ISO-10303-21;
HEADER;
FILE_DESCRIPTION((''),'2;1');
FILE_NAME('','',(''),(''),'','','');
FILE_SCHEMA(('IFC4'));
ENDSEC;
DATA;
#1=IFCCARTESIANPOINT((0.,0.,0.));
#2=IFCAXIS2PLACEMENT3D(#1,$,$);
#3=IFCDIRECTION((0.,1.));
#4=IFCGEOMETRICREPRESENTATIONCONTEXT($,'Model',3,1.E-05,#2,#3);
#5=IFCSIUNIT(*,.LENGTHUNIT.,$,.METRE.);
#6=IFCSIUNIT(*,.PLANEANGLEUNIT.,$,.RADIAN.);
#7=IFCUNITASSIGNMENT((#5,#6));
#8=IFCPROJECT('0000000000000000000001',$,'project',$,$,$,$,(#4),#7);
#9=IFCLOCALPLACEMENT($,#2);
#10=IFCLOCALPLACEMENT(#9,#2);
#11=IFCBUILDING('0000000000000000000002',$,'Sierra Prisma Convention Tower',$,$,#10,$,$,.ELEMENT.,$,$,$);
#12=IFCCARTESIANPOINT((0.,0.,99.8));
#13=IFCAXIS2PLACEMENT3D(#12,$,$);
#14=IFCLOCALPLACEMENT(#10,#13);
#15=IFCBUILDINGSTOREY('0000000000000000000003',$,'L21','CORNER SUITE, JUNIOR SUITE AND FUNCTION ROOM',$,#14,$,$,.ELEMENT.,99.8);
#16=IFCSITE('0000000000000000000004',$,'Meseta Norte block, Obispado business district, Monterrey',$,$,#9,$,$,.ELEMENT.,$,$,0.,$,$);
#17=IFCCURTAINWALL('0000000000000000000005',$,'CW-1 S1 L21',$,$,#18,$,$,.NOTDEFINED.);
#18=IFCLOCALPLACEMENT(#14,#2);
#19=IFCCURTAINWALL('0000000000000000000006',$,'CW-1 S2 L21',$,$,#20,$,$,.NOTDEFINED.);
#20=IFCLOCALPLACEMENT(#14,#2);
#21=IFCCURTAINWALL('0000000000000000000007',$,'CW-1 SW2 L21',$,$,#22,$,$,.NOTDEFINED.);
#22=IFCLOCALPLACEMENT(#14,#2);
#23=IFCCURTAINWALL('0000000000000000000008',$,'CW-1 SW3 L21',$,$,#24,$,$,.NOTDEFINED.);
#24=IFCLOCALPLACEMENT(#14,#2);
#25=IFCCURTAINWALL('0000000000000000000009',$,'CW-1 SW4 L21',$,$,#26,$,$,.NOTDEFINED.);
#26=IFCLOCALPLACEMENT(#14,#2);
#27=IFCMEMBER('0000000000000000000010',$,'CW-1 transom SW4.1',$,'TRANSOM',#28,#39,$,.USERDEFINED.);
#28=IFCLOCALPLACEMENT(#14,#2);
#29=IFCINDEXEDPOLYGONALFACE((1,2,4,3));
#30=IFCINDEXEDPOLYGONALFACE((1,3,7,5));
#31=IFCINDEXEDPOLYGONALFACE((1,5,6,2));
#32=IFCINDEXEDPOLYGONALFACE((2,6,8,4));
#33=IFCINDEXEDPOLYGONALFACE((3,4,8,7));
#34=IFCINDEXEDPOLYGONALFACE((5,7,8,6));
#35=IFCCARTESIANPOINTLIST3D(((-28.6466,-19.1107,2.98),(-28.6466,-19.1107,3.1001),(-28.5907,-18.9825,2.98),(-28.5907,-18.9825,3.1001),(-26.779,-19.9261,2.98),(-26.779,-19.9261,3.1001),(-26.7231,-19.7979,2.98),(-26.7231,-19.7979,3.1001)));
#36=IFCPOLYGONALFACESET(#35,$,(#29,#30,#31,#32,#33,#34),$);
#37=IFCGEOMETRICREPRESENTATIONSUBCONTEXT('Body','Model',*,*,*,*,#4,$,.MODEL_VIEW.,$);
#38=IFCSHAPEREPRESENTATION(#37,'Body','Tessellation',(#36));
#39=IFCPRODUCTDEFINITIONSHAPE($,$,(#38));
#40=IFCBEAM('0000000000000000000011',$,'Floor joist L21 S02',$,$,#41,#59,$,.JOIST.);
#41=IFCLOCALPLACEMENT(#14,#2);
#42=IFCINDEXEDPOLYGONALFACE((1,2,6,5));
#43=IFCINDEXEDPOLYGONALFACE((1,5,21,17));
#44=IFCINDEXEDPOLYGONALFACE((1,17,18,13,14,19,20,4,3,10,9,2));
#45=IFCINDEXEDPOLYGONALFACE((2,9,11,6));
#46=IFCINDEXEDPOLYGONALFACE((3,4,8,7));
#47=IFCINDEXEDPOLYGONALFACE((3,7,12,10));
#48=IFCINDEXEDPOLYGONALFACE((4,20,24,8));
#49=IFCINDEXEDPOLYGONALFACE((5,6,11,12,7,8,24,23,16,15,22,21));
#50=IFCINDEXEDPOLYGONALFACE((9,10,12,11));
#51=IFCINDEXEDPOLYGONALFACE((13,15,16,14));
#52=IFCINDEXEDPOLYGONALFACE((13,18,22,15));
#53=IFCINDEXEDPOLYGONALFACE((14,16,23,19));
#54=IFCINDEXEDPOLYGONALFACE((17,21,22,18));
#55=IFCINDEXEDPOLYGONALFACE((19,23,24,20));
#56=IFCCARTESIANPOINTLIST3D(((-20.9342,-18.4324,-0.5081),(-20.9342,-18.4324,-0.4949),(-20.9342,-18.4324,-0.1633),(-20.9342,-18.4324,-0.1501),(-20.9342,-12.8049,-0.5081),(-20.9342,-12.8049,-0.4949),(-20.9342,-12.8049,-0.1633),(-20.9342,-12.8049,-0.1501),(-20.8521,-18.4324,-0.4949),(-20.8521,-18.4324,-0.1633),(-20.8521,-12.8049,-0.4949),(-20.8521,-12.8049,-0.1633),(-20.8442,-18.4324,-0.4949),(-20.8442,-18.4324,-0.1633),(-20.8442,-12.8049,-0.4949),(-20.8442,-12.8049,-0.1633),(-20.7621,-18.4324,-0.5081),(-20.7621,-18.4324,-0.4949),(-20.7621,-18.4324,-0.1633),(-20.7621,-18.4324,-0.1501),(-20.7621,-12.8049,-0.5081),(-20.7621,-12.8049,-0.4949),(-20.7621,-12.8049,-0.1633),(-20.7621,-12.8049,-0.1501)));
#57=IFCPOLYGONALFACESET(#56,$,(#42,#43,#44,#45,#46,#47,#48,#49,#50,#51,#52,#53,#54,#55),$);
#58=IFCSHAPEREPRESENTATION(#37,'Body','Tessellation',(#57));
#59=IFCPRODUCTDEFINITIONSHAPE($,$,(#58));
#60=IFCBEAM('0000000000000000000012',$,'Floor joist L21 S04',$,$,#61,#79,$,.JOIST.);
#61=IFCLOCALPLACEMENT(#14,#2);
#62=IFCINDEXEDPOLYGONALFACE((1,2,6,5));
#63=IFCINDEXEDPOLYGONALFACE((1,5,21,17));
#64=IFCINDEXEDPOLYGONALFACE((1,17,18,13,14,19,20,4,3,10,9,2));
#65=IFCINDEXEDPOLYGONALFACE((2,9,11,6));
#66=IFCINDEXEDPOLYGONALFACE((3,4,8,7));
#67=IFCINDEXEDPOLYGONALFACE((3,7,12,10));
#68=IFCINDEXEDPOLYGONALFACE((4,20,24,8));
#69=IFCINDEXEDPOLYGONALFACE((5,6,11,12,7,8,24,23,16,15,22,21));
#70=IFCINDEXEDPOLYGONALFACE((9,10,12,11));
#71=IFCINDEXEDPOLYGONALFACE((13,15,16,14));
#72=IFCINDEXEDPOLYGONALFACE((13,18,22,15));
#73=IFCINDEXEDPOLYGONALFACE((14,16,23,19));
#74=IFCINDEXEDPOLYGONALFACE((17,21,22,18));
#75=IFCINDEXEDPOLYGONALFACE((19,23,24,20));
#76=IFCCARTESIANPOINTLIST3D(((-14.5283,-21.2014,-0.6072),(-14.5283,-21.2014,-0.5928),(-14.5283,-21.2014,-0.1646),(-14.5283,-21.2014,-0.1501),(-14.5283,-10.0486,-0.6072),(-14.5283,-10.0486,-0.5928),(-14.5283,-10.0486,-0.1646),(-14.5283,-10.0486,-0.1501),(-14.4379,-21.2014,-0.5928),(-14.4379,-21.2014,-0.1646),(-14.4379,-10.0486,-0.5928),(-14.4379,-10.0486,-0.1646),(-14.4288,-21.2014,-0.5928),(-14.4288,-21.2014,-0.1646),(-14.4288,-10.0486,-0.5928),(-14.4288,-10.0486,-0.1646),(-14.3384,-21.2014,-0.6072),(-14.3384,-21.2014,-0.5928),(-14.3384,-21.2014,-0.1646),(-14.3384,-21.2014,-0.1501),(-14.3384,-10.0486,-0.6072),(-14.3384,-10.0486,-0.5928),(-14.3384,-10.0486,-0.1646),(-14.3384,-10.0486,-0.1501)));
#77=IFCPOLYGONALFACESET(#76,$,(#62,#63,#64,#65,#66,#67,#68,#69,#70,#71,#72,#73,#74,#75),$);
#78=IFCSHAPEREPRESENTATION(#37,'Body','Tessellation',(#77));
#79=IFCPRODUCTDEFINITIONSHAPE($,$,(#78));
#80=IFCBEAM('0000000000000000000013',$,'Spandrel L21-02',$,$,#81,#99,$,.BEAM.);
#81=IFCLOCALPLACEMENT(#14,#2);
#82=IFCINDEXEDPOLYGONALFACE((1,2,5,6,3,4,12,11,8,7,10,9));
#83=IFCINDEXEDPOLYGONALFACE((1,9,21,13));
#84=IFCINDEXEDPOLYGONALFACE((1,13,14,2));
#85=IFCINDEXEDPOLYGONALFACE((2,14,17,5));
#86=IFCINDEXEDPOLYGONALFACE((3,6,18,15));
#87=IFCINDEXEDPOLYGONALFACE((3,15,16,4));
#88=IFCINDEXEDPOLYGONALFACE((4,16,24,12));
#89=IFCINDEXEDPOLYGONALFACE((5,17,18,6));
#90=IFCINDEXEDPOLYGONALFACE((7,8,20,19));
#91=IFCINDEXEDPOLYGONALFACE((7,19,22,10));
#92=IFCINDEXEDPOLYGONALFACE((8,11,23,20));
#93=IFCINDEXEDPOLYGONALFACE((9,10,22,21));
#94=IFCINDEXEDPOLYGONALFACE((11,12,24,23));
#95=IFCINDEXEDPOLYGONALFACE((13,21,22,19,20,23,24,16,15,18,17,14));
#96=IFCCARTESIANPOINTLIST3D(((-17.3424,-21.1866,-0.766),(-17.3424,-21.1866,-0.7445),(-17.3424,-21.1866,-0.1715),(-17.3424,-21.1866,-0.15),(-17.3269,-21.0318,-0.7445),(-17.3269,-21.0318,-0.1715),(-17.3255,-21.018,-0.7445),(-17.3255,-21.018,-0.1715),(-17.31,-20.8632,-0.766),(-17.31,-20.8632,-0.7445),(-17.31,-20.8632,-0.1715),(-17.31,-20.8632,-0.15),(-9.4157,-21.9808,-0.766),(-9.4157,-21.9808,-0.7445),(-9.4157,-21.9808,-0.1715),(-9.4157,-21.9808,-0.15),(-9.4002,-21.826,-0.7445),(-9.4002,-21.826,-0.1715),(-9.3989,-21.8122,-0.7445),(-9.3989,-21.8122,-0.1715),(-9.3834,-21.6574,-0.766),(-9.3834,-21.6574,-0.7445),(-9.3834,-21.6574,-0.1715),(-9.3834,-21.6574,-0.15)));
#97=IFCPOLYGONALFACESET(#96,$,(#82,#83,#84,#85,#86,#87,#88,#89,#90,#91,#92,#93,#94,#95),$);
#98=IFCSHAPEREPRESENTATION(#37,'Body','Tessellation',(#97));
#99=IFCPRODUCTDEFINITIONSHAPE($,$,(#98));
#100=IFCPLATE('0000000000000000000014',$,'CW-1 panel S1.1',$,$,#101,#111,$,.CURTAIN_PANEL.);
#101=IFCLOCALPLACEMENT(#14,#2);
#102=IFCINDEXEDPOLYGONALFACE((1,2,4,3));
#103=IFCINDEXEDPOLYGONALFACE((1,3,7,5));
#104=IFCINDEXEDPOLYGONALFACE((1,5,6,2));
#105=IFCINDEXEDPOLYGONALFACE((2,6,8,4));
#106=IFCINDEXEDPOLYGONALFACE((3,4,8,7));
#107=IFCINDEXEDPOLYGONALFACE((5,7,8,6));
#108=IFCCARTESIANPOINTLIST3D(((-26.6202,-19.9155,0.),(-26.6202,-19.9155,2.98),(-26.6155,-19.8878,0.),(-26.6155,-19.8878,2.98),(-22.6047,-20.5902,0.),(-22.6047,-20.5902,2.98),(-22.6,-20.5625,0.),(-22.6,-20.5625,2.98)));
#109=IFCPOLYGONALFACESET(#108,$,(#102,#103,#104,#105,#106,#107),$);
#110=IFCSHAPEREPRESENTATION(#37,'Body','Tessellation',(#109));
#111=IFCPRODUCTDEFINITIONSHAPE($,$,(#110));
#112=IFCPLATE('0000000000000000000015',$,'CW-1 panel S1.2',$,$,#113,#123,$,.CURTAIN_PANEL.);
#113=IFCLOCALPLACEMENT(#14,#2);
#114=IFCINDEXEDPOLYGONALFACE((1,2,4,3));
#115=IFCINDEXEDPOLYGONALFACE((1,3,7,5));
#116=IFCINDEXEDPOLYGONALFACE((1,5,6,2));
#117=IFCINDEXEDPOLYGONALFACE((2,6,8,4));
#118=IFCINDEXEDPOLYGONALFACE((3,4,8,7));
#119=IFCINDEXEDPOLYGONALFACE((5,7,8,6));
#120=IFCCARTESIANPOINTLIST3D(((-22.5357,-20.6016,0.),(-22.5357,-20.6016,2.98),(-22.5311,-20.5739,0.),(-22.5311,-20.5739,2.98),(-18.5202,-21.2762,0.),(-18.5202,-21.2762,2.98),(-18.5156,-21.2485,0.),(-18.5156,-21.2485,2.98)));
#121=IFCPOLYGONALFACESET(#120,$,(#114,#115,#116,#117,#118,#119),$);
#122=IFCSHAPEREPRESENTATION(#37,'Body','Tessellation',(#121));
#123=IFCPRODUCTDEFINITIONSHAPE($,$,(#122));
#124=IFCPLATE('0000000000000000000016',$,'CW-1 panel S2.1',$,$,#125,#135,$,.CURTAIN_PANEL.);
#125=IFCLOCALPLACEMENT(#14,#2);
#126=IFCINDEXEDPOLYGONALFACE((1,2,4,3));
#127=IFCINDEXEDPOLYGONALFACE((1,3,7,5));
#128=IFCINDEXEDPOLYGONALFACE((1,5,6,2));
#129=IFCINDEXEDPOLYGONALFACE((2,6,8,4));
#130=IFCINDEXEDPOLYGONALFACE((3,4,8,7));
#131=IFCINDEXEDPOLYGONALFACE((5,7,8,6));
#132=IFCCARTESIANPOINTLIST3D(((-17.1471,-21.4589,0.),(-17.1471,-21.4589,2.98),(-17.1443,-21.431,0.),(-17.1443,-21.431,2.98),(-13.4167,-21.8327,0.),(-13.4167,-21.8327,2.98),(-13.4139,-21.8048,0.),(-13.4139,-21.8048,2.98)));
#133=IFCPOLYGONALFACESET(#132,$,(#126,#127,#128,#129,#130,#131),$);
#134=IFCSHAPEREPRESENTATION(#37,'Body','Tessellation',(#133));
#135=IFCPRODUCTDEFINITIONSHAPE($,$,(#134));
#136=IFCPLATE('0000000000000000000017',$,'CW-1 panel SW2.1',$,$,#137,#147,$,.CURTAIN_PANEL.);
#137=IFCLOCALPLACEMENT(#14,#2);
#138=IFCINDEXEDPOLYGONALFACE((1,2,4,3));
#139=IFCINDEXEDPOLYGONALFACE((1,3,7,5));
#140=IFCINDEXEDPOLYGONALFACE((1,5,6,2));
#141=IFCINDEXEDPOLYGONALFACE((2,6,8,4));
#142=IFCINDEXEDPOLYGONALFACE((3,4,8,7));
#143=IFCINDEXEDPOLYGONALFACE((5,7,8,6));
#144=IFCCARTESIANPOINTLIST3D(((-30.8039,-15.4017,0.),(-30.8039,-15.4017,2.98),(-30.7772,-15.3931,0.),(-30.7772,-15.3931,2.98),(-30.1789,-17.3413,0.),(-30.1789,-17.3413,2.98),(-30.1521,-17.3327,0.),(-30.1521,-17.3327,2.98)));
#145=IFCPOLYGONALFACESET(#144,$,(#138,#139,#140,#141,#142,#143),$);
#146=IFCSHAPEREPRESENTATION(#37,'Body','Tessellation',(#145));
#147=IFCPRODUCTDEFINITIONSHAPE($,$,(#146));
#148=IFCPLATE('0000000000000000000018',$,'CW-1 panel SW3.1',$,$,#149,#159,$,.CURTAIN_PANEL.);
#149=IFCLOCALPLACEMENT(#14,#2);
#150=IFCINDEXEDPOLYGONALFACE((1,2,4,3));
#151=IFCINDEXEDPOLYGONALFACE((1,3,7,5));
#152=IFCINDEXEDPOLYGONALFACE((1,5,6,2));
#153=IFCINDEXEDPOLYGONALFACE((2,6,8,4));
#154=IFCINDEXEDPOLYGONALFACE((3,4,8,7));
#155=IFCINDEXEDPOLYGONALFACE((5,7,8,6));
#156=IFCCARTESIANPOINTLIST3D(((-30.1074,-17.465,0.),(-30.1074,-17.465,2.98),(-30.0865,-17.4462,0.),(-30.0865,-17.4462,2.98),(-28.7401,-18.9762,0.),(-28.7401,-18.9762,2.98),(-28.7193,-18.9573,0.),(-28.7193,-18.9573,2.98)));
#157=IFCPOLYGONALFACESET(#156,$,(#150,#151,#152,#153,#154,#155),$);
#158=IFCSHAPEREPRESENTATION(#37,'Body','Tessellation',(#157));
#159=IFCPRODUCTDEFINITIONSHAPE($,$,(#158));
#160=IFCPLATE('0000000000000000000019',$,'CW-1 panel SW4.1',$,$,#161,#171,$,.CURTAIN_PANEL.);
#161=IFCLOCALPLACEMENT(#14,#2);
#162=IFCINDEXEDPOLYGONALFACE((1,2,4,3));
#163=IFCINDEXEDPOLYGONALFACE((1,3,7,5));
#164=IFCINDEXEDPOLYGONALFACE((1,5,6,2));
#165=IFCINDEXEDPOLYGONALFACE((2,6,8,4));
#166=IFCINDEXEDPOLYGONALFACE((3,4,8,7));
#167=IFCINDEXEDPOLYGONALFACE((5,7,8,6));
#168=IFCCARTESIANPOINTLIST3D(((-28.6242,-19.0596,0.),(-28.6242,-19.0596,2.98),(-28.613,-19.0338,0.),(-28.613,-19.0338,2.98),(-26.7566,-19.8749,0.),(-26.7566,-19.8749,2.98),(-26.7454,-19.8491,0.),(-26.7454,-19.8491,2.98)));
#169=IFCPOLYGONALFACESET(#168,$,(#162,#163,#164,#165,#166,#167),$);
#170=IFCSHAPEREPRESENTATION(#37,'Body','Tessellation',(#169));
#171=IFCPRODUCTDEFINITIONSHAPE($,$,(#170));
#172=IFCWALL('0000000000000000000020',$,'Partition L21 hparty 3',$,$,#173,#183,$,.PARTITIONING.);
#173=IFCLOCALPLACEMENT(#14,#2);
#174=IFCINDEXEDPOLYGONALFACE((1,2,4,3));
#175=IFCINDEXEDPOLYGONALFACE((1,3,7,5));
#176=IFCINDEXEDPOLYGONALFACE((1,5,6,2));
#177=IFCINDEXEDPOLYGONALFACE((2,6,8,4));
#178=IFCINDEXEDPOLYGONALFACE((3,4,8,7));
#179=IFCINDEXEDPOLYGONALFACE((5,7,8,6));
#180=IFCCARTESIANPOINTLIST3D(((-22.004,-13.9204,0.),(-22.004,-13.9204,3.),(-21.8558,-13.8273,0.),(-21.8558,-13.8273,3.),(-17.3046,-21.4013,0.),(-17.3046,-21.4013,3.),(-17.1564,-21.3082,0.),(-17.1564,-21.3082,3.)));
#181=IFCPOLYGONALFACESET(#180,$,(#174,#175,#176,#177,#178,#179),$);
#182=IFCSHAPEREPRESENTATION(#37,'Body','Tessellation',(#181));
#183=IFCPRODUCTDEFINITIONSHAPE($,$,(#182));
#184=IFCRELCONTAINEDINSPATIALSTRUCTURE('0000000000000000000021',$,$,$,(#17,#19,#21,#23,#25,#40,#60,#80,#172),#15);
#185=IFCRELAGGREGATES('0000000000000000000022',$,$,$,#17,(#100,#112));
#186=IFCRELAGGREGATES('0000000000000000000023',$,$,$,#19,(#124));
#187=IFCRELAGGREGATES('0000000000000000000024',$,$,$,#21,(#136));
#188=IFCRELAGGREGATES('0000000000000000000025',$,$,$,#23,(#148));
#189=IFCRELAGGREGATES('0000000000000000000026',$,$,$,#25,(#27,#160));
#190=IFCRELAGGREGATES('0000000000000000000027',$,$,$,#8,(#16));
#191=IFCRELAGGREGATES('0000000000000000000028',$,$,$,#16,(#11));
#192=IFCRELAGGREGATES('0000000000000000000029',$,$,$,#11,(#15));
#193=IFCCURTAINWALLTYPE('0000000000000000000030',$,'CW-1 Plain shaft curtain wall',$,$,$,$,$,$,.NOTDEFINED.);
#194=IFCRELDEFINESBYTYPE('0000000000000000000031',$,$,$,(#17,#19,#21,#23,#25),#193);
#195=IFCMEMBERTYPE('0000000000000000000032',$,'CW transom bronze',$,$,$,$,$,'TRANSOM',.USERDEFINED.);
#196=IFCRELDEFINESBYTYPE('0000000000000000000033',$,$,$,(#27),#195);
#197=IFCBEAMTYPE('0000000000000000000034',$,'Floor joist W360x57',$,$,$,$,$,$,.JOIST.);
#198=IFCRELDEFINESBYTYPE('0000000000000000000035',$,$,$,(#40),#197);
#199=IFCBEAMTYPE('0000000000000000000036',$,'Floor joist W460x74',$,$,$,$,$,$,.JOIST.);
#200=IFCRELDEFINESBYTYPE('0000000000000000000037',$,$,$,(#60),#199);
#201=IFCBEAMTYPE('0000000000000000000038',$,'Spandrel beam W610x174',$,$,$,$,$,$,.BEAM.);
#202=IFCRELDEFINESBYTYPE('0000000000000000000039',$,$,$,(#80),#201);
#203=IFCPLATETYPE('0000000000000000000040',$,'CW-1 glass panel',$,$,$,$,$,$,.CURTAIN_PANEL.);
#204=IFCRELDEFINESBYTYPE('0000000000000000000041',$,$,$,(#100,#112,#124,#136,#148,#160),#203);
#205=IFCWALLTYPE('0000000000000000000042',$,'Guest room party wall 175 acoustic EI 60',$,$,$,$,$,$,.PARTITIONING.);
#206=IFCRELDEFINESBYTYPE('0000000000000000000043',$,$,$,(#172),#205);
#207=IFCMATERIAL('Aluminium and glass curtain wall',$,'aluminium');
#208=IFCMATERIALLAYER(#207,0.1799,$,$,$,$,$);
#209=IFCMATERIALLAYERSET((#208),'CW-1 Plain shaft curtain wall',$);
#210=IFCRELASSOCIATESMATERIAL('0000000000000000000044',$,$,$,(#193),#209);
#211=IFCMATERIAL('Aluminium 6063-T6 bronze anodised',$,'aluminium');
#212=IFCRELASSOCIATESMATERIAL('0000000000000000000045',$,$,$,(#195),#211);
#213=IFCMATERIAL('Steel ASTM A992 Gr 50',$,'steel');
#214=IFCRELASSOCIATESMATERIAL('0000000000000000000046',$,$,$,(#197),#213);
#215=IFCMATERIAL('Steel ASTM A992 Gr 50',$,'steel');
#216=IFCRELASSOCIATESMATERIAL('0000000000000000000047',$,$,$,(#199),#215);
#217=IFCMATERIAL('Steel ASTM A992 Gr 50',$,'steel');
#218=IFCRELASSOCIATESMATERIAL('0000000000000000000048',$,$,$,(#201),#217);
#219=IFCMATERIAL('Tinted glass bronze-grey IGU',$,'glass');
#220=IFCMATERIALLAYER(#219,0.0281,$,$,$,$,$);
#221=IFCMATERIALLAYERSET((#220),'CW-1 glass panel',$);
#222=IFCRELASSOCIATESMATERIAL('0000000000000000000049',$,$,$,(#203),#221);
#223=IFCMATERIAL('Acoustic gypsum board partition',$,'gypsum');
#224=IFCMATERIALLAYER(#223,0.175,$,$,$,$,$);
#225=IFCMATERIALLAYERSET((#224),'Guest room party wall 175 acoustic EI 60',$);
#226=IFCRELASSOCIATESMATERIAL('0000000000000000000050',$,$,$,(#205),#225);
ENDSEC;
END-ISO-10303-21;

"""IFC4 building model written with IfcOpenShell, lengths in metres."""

from ifc_helpers import new_model, si_unit, direction, frame, frame_2d, origin, origin_2d, place, context, subcontext, project, spatial, rectangle, i_section, extrude, material, layer, layer_set, material_profile, profile_set, type_object, element, aggregate, save


model = new_model("IFC4")

# Units and contexts
model_context = context("Model", 3, precision=1e-05, world=origin(), true_north=direction((0.0, 1.0)))
body_context = subcontext(model_context, "Body", "Model", "MODEL_VIEW")
ifc_project = project(units=[si_unit("LENGTHUNIT", "METRE"), si_unit("PLANEANGLEUNIT", "RADIAN")], contexts=[model_context])

# Site, building, storey
site_placement = place(None, origin())
site = spatial("IfcSite", under=ifc_project, at=site_placement, Name="Meseta Norte block, Obispado business district, Monterrey", CompositionType="ELEMENT", RefElevation=0.0)
building_placement = place(site_placement, origin())
building = spatial("IfcBuilding", under=site, at=building_placement, Name="Sierra Prisma Convention Tower", CompositionType="ELEMENT")
storey_placement = place(building_placement, frame((0.0, 0.0, 99.8)))
storey = spatial("IfcBuildingStorey", under=building, at=storey_placement, Name="L21", Description="CORNER SUITE, JUNIOR SUITE AND FUNCTION ROOM", CompositionType="ELEMENT", Elevation=99.8)

# Curtain walls
ifc_material_1 = material(Name="Aluminium and glass curtain wall", Category="aluminium")
ifc_layer_1 = layer(ifc_material_1, 0.1799)
ifc_layer_set_1 = layer_set([ifc_layer_1], Name="CW-1 Plain shaft curtain wall")
curtain_wall_type = type_object("IfcCurtainWallType", Name="CW-1 Plain shaft curtain wall", PredefinedType="NOTDEFINED", material=ifc_layer_set_1)
curtain_wall_1_placement = place(storey_placement, origin())
curtain_wall_1 = element("IfcCurtainWall", 1, at=curtain_wall_1_placement, inside=storey, type_object=curtain_wall_type, Name="CW-1 S1 L21", PredefinedType="NOTDEFINED")
curtain_wall_2_placement = place(storey_placement, origin())
curtain_wall_2 = element("IfcCurtainWall", 2, at=curtain_wall_2_placement, inside=storey, type_object=curtain_wall_type, Name="CW-1 S2 L21", PredefinedType="NOTDEFINED")

# Curtain walls
curtain_wall_3_placement = place(storey_placement, origin())
curtain_wall_3 = element("IfcCurtainWall", 3, at=curtain_wall_3_placement, inside=storey, type_object=curtain_wall_type, Name="CW-1 SW2 L21", PredefinedType="NOTDEFINED")
curtain_wall_4_placement = place(storey_placement, origin())
curtain_wall_4 = element("IfcCurtainWall", 4, at=curtain_wall_4_placement, inside=storey, type_object=curtain_wall_type, Name="CW-1 SW3 L21", PredefinedType="NOTDEFINED")
curtain_wall_5_placement = place(storey_placement, origin())
curtain_wall_5 = element("IfcCurtainWall", 5, at=curtain_wall_5_placement, inside=storey, type_object=curtain_wall_type, Name="CW-1 SW4 L21", PredefinedType="NOTDEFINED")

# Member
ifc_material_2 = material(Name="Aluminium 6063-T6 bronze anodised", Category="aluminium")
ifc_material_profile_1 = material_profile(ifc_material_2, rectangle(XDim=0.1399, YDim=0.1201, at=origin_2d()), Name="ALU TRANSOM 120x140")
ifc_profile_set_1 = profile_set([ifc_material_profile_1], Name="Aluminium 6063-T6 bronze anodised")
member_type_1 = type_object("IfcMemberType", Name="CW transom bronze", ElementType="TRANSOM", PredefinedType="USERDEFINED", material=ifc_profile_set_1)
member_1_placement = place(storey_placement, frame((-28.6187, -19.0466, 3.04), z_axis=(0.91646, -0.400127, 0.0), x_axis=(0.400127, 0.91646, 0.0)))
member_1 = element("IfcMember", 6, at=member_1_placement, type_object=member_type_1, Name="CW-1 transom SW4.1", ObjectType="TRANSOM", PredefinedType="USERDEFINED", context=body_context, shape_type="SweptSolid", body=[
    extrude(rectangle(XDim=0.1399, YDim=0.1201, at=origin_2d()), origin(), (0.0, 0.0, 1.0), 2.0378),
])

# Beams
ifc_material_3 = material(Name="Steel ASTM A992 Gr 50", Category="steel")
ifc_material_profile_2 = material_profile(ifc_material_3, i_section(OverallWidth=0.1721, OverallDepth=0.3579, WebThickness=0.0078, FlangeThickness=0.0132, at=origin_2d()), Name="W360x57")
ifc_profile_set_2 = profile_set([ifc_material_profile_2], Name="Steel ASTM A992 Gr 50")
beam_type_1 = type_object("IfcBeamType", Name="Floor joist W360x57", PredefinedType="JOIST", material=ifc_profile_set_2)
beam_1_placement = place(storey_placement, frame((-20.8481, -18.4324, -0.3291), z_axis=(0.0, 1.0, 0.0), x_axis=(-1.0, 0.0, 0.0)))
element("IfcBeam", 7, at=beam_1_placement, inside=storey, type_object=beam_type_1, Name="Floor joist L21 S02", PredefinedType="JOIST", context=body_context, shape_type="SweptSolid", body=[
    extrude(i_section(OverallWidth=0.1721, OverallDepth=0.3579, WebThickness=0.0078, FlangeThickness=0.0132, at=origin_2d()), origin(), (0.0, 0.0, 1.0), 5.6274),
])
ifc_material_4 = material(Name="Steel ASTM A992 Gr 50", Category="steel")
ifc_material_profile_3 = material_profile(ifc_material_4, i_section(OverallWidth=0.1899, OverallDepth=0.457, WebThickness=0.009, FlangeThickness=0.0144, at=origin_2d()), Name="W460x74")
ifc_profile_set_3 = profile_set([ifc_material_profile_3], Name="Steel ASTM A992 Gr 50")
beam_type_2 = type_object("IfcBeamType", Name="Floor joist W460x74", PredefinedType="JOIST", material=ifc_profile_set_3)
beam_2_placement = place(storey_placement, frame((-14.4333, -21.2014, -0.3787), z_axis=(0.0, 1.0, 0.0), x_axis=(-1.0, 0.0, 0.0)))
element("IfcBeam", 8, at=beam_2_placement, inside=storey, type_object=beam_type_2, Name="Floor joist L21 S04", PredefinedType="JOIST", context=body_context, shape_type="SweptSolid", body=[
    extrude(i_section(OverallWidth=0.1899, OverallDepth=0.457, WebThickness=0.009, FlangeThickness=0.0144, at=origin_2d()), origin(), (0.0, 0.0, 1.0), 11.1528),
])
ifc_material_5 = material(Name="Steel ASTM A992 Gr 50", Category="steel")
ifc_material_profile_4 = material_profile(ifc_material_5, i_section(OverallWidth=0.325, OverallDepth=0.616, WebThickness=0.0139, FlangeThickness=0.0215, at=origin_2d()), Name="W610x174")
ifc_profile_set_4 = profile_set([ifc_material_profile_4], Name="Steel ASTM A992 Gr 50")
beam_type_3 = type_object("IfcBeamType", Name="Spandrel beam W610x174", PredefinedType="BEAM", material=ifc_profile_set_4)
beam_3_placement = place(storey_placement, frame((-17.3262, -21.0249, -0.458), z_axis=(0.995018, -0.099695, 0.0), x_axis=(0.099695, 0.995018, 0.0)))
element("IfcBeam", 9, at=beam_3_placement, inside=storey, type_object=beam_type_3, Name="Spandrel L21-02", PredefinedType="BEAM", context=body_context, shape_type="SweptSolid", body=[
    extrude(i_section(OverallWidth=0.325, OverallDepth=0.616, WebThickness=0.0139, FlangeThickness=0.0215, at=origin_2d()), origin(), (0.0, 0.0, 1.0), 7.9663),
])

# Plates
ifc_material_6 = material(Name="Tinted glass bronze-grey IGU", Category="glass")
ifc_layer_2 = layer(ifc_material_6, 0.0281)
ifc_layer_set_2 = layer_set([ifc_layer_2], Name="CW-1 glass panel")
plate_type = type_object("IfcPlateType", Name="CW-1 glass panel", PredefinedType="CURTAIN_PANEL", material=ifc_layer_set_2)
plate_1_placement = place(storey_placement, frame((-24.6101, -20.239, 0.0), z_axis=(0.0, 0.0, 1.0), x_axis=(0.986177, -0.165694, 0.0)))
plate_1 = element("IfcPlate", 10, at=plate_1_placement, type_object=plate_type, Name="CW-1 panel S1.1", PredefinedType="CURTAIN_PANEL", context=body_context, shape_type="SweptSolid", body=[
    extrude(rectangle(XDim=4.0718, YDim=0.0281, at=origin_2d()), origin(), (0.0, 0.0, 1.0), 2.98),
])
plate_2_placement = place(storey_placement, frame((-20.5256, -20.925, 0.0), z_axis=(0.0, 0.0, 1.0), x_axis=(0.986177, -0.165694, 0.0)))
plate_2 = element("IfcPlate", 11, at=plate_2_placement, type_object=plate_type, Name="CW-1 panel S1.2", PredefinedType="CURTAIN_PANEL", context=body_context, shape_type="SweptSolid", body=[
    extrude(rectangle(XDim=4.0718, YDim=0.0281, at=origin_2d()), origin(), (0.0, 0.0, 1.0), 2.98),
])
aggregate(curtain_wall_1, [plate_1, plate_2])
plate_3_placement = place(storey_placement, frame((-15.2805, -21.6318, 0.0), z_axis=(0.0, 0.0, 1.0), x_axis=(0.995016, -0.099711, 0.0)))
plate_3 = element("IfcPlate", 12, at=plate_3_placement, type_object=plate_type, Name="CW-1 panel S2.1", PredefinedType="CURTAIN_PANEL", context=body_context, shape_type="SweptSolid", body=[
    extrude(rectangle(XDim=3.749, YDim=0.0281, at=origin_2d()), origin(), (0.0, 0.0, 1.0), 2.98),
])
aggregate(curtain_wall_2, [plate_3])
plate_4_placement = place(storey_placement, frame((-30.478, -16.3672, 0.0), z_axis=(0.0, 0.0, 1.0), x_axis=(0.306713, -0.951802, 0.0)))
plate_4 = element("IfcPlate", 13, at=plate_4_placement, type_object=plate_type, Name="CW-1 panel SW2.1", PredefinedType="CURTAIN_PANEL", context=body_context, shape_type="SweptSolid", body=[
    extrude(rectangle(XDim=2.0378, YDim=0.0281, at=origin_2d()), origin(), (0.0, 0.0, 1.0), 2.98),
])
aggregate(curtain_wall_3, [plate_4])
plate_5_placement = place(storey_placement, frame((-29.4133, -18.2112, 0.0), z_axis=(0.0, 0.0, 1.0), x_axis=(0.670928, -0.741522, 0.0)))
plate_5 = element("IfcPlate", 14, at=plate_5_placement, type_object=plate_type, Name="CW-1 panel SW3.1", PredefinedType="CURTAIN_PANEL", context=body_context, shape_type="SweptSolid", body=[
    extrude(rectangle(XDim=2.0378, YDim=0.0281, at=origin_2d()), origin(), (0.0, 0.0, 1.0), 2.98),
])
aggregate(curtain_wall_4, [plate_5])
plate_6_placement = place(storey_placement, frame((-27.6848, -19.4543, 0.0), z_axis=(0.0, 0.0, 1.0), x_axis=(0.916476, -0.40009, 0.0)))
plate_6 = element("IfcPlate", 15, at=plate_6_placement, type_object=plate_type, Name="CW-1 panel SW4.1", PredefinedType="CURTAIN_PANEL", context=body_context, shape_type="SweptSolid", body=[
    extrude(rectangle(XDim=2.0378, YDim=0.0281, at=origin_2d()), origin(), (0.0, 0.0, 1.0), 2.98),
])
aggregate(curtain_wall_5, [member_1, plate_6])

# Wall
ifc_material_7 = material(Name="Acoustic gypsum board partition", Category="gypsum")
ifc_layer_3 = layer(ifc_material_7, 0.175)
ifc_layer_set_3 = layer_set([ifc_layer_3], Name="Guest room party wall 175 acoustic EI 60")
wall_type = type_object("IfcWallType", Name="Guest room party wall 175 acoustic EI 60", PredefinedType="PARTITIONING", material=ifc_layer_set_3)
wall_placement = place(storey_placement, frame((-17.2305, -21.3547, 0.0), z_axis=(0.0, 0.0, 1.0), x_axis=(-0.53194, 0.846782, 0.0)))
element("IfcWall", 16, at=wall_placement, inside=storey, type_object=wall_type, Name="Partition L21 hparty 3", PredefinedType="PARTITIONING", context=body_context, shape_type="SweptSolid", body=[
    extrude(rectangle(XDim=8.8345, YDim=0.175, at=frame_2d((4.4172, 0.0))), origin(), (0.0, 0.0, 1.0), 3.0),
])

save(model, "model.ifc")
